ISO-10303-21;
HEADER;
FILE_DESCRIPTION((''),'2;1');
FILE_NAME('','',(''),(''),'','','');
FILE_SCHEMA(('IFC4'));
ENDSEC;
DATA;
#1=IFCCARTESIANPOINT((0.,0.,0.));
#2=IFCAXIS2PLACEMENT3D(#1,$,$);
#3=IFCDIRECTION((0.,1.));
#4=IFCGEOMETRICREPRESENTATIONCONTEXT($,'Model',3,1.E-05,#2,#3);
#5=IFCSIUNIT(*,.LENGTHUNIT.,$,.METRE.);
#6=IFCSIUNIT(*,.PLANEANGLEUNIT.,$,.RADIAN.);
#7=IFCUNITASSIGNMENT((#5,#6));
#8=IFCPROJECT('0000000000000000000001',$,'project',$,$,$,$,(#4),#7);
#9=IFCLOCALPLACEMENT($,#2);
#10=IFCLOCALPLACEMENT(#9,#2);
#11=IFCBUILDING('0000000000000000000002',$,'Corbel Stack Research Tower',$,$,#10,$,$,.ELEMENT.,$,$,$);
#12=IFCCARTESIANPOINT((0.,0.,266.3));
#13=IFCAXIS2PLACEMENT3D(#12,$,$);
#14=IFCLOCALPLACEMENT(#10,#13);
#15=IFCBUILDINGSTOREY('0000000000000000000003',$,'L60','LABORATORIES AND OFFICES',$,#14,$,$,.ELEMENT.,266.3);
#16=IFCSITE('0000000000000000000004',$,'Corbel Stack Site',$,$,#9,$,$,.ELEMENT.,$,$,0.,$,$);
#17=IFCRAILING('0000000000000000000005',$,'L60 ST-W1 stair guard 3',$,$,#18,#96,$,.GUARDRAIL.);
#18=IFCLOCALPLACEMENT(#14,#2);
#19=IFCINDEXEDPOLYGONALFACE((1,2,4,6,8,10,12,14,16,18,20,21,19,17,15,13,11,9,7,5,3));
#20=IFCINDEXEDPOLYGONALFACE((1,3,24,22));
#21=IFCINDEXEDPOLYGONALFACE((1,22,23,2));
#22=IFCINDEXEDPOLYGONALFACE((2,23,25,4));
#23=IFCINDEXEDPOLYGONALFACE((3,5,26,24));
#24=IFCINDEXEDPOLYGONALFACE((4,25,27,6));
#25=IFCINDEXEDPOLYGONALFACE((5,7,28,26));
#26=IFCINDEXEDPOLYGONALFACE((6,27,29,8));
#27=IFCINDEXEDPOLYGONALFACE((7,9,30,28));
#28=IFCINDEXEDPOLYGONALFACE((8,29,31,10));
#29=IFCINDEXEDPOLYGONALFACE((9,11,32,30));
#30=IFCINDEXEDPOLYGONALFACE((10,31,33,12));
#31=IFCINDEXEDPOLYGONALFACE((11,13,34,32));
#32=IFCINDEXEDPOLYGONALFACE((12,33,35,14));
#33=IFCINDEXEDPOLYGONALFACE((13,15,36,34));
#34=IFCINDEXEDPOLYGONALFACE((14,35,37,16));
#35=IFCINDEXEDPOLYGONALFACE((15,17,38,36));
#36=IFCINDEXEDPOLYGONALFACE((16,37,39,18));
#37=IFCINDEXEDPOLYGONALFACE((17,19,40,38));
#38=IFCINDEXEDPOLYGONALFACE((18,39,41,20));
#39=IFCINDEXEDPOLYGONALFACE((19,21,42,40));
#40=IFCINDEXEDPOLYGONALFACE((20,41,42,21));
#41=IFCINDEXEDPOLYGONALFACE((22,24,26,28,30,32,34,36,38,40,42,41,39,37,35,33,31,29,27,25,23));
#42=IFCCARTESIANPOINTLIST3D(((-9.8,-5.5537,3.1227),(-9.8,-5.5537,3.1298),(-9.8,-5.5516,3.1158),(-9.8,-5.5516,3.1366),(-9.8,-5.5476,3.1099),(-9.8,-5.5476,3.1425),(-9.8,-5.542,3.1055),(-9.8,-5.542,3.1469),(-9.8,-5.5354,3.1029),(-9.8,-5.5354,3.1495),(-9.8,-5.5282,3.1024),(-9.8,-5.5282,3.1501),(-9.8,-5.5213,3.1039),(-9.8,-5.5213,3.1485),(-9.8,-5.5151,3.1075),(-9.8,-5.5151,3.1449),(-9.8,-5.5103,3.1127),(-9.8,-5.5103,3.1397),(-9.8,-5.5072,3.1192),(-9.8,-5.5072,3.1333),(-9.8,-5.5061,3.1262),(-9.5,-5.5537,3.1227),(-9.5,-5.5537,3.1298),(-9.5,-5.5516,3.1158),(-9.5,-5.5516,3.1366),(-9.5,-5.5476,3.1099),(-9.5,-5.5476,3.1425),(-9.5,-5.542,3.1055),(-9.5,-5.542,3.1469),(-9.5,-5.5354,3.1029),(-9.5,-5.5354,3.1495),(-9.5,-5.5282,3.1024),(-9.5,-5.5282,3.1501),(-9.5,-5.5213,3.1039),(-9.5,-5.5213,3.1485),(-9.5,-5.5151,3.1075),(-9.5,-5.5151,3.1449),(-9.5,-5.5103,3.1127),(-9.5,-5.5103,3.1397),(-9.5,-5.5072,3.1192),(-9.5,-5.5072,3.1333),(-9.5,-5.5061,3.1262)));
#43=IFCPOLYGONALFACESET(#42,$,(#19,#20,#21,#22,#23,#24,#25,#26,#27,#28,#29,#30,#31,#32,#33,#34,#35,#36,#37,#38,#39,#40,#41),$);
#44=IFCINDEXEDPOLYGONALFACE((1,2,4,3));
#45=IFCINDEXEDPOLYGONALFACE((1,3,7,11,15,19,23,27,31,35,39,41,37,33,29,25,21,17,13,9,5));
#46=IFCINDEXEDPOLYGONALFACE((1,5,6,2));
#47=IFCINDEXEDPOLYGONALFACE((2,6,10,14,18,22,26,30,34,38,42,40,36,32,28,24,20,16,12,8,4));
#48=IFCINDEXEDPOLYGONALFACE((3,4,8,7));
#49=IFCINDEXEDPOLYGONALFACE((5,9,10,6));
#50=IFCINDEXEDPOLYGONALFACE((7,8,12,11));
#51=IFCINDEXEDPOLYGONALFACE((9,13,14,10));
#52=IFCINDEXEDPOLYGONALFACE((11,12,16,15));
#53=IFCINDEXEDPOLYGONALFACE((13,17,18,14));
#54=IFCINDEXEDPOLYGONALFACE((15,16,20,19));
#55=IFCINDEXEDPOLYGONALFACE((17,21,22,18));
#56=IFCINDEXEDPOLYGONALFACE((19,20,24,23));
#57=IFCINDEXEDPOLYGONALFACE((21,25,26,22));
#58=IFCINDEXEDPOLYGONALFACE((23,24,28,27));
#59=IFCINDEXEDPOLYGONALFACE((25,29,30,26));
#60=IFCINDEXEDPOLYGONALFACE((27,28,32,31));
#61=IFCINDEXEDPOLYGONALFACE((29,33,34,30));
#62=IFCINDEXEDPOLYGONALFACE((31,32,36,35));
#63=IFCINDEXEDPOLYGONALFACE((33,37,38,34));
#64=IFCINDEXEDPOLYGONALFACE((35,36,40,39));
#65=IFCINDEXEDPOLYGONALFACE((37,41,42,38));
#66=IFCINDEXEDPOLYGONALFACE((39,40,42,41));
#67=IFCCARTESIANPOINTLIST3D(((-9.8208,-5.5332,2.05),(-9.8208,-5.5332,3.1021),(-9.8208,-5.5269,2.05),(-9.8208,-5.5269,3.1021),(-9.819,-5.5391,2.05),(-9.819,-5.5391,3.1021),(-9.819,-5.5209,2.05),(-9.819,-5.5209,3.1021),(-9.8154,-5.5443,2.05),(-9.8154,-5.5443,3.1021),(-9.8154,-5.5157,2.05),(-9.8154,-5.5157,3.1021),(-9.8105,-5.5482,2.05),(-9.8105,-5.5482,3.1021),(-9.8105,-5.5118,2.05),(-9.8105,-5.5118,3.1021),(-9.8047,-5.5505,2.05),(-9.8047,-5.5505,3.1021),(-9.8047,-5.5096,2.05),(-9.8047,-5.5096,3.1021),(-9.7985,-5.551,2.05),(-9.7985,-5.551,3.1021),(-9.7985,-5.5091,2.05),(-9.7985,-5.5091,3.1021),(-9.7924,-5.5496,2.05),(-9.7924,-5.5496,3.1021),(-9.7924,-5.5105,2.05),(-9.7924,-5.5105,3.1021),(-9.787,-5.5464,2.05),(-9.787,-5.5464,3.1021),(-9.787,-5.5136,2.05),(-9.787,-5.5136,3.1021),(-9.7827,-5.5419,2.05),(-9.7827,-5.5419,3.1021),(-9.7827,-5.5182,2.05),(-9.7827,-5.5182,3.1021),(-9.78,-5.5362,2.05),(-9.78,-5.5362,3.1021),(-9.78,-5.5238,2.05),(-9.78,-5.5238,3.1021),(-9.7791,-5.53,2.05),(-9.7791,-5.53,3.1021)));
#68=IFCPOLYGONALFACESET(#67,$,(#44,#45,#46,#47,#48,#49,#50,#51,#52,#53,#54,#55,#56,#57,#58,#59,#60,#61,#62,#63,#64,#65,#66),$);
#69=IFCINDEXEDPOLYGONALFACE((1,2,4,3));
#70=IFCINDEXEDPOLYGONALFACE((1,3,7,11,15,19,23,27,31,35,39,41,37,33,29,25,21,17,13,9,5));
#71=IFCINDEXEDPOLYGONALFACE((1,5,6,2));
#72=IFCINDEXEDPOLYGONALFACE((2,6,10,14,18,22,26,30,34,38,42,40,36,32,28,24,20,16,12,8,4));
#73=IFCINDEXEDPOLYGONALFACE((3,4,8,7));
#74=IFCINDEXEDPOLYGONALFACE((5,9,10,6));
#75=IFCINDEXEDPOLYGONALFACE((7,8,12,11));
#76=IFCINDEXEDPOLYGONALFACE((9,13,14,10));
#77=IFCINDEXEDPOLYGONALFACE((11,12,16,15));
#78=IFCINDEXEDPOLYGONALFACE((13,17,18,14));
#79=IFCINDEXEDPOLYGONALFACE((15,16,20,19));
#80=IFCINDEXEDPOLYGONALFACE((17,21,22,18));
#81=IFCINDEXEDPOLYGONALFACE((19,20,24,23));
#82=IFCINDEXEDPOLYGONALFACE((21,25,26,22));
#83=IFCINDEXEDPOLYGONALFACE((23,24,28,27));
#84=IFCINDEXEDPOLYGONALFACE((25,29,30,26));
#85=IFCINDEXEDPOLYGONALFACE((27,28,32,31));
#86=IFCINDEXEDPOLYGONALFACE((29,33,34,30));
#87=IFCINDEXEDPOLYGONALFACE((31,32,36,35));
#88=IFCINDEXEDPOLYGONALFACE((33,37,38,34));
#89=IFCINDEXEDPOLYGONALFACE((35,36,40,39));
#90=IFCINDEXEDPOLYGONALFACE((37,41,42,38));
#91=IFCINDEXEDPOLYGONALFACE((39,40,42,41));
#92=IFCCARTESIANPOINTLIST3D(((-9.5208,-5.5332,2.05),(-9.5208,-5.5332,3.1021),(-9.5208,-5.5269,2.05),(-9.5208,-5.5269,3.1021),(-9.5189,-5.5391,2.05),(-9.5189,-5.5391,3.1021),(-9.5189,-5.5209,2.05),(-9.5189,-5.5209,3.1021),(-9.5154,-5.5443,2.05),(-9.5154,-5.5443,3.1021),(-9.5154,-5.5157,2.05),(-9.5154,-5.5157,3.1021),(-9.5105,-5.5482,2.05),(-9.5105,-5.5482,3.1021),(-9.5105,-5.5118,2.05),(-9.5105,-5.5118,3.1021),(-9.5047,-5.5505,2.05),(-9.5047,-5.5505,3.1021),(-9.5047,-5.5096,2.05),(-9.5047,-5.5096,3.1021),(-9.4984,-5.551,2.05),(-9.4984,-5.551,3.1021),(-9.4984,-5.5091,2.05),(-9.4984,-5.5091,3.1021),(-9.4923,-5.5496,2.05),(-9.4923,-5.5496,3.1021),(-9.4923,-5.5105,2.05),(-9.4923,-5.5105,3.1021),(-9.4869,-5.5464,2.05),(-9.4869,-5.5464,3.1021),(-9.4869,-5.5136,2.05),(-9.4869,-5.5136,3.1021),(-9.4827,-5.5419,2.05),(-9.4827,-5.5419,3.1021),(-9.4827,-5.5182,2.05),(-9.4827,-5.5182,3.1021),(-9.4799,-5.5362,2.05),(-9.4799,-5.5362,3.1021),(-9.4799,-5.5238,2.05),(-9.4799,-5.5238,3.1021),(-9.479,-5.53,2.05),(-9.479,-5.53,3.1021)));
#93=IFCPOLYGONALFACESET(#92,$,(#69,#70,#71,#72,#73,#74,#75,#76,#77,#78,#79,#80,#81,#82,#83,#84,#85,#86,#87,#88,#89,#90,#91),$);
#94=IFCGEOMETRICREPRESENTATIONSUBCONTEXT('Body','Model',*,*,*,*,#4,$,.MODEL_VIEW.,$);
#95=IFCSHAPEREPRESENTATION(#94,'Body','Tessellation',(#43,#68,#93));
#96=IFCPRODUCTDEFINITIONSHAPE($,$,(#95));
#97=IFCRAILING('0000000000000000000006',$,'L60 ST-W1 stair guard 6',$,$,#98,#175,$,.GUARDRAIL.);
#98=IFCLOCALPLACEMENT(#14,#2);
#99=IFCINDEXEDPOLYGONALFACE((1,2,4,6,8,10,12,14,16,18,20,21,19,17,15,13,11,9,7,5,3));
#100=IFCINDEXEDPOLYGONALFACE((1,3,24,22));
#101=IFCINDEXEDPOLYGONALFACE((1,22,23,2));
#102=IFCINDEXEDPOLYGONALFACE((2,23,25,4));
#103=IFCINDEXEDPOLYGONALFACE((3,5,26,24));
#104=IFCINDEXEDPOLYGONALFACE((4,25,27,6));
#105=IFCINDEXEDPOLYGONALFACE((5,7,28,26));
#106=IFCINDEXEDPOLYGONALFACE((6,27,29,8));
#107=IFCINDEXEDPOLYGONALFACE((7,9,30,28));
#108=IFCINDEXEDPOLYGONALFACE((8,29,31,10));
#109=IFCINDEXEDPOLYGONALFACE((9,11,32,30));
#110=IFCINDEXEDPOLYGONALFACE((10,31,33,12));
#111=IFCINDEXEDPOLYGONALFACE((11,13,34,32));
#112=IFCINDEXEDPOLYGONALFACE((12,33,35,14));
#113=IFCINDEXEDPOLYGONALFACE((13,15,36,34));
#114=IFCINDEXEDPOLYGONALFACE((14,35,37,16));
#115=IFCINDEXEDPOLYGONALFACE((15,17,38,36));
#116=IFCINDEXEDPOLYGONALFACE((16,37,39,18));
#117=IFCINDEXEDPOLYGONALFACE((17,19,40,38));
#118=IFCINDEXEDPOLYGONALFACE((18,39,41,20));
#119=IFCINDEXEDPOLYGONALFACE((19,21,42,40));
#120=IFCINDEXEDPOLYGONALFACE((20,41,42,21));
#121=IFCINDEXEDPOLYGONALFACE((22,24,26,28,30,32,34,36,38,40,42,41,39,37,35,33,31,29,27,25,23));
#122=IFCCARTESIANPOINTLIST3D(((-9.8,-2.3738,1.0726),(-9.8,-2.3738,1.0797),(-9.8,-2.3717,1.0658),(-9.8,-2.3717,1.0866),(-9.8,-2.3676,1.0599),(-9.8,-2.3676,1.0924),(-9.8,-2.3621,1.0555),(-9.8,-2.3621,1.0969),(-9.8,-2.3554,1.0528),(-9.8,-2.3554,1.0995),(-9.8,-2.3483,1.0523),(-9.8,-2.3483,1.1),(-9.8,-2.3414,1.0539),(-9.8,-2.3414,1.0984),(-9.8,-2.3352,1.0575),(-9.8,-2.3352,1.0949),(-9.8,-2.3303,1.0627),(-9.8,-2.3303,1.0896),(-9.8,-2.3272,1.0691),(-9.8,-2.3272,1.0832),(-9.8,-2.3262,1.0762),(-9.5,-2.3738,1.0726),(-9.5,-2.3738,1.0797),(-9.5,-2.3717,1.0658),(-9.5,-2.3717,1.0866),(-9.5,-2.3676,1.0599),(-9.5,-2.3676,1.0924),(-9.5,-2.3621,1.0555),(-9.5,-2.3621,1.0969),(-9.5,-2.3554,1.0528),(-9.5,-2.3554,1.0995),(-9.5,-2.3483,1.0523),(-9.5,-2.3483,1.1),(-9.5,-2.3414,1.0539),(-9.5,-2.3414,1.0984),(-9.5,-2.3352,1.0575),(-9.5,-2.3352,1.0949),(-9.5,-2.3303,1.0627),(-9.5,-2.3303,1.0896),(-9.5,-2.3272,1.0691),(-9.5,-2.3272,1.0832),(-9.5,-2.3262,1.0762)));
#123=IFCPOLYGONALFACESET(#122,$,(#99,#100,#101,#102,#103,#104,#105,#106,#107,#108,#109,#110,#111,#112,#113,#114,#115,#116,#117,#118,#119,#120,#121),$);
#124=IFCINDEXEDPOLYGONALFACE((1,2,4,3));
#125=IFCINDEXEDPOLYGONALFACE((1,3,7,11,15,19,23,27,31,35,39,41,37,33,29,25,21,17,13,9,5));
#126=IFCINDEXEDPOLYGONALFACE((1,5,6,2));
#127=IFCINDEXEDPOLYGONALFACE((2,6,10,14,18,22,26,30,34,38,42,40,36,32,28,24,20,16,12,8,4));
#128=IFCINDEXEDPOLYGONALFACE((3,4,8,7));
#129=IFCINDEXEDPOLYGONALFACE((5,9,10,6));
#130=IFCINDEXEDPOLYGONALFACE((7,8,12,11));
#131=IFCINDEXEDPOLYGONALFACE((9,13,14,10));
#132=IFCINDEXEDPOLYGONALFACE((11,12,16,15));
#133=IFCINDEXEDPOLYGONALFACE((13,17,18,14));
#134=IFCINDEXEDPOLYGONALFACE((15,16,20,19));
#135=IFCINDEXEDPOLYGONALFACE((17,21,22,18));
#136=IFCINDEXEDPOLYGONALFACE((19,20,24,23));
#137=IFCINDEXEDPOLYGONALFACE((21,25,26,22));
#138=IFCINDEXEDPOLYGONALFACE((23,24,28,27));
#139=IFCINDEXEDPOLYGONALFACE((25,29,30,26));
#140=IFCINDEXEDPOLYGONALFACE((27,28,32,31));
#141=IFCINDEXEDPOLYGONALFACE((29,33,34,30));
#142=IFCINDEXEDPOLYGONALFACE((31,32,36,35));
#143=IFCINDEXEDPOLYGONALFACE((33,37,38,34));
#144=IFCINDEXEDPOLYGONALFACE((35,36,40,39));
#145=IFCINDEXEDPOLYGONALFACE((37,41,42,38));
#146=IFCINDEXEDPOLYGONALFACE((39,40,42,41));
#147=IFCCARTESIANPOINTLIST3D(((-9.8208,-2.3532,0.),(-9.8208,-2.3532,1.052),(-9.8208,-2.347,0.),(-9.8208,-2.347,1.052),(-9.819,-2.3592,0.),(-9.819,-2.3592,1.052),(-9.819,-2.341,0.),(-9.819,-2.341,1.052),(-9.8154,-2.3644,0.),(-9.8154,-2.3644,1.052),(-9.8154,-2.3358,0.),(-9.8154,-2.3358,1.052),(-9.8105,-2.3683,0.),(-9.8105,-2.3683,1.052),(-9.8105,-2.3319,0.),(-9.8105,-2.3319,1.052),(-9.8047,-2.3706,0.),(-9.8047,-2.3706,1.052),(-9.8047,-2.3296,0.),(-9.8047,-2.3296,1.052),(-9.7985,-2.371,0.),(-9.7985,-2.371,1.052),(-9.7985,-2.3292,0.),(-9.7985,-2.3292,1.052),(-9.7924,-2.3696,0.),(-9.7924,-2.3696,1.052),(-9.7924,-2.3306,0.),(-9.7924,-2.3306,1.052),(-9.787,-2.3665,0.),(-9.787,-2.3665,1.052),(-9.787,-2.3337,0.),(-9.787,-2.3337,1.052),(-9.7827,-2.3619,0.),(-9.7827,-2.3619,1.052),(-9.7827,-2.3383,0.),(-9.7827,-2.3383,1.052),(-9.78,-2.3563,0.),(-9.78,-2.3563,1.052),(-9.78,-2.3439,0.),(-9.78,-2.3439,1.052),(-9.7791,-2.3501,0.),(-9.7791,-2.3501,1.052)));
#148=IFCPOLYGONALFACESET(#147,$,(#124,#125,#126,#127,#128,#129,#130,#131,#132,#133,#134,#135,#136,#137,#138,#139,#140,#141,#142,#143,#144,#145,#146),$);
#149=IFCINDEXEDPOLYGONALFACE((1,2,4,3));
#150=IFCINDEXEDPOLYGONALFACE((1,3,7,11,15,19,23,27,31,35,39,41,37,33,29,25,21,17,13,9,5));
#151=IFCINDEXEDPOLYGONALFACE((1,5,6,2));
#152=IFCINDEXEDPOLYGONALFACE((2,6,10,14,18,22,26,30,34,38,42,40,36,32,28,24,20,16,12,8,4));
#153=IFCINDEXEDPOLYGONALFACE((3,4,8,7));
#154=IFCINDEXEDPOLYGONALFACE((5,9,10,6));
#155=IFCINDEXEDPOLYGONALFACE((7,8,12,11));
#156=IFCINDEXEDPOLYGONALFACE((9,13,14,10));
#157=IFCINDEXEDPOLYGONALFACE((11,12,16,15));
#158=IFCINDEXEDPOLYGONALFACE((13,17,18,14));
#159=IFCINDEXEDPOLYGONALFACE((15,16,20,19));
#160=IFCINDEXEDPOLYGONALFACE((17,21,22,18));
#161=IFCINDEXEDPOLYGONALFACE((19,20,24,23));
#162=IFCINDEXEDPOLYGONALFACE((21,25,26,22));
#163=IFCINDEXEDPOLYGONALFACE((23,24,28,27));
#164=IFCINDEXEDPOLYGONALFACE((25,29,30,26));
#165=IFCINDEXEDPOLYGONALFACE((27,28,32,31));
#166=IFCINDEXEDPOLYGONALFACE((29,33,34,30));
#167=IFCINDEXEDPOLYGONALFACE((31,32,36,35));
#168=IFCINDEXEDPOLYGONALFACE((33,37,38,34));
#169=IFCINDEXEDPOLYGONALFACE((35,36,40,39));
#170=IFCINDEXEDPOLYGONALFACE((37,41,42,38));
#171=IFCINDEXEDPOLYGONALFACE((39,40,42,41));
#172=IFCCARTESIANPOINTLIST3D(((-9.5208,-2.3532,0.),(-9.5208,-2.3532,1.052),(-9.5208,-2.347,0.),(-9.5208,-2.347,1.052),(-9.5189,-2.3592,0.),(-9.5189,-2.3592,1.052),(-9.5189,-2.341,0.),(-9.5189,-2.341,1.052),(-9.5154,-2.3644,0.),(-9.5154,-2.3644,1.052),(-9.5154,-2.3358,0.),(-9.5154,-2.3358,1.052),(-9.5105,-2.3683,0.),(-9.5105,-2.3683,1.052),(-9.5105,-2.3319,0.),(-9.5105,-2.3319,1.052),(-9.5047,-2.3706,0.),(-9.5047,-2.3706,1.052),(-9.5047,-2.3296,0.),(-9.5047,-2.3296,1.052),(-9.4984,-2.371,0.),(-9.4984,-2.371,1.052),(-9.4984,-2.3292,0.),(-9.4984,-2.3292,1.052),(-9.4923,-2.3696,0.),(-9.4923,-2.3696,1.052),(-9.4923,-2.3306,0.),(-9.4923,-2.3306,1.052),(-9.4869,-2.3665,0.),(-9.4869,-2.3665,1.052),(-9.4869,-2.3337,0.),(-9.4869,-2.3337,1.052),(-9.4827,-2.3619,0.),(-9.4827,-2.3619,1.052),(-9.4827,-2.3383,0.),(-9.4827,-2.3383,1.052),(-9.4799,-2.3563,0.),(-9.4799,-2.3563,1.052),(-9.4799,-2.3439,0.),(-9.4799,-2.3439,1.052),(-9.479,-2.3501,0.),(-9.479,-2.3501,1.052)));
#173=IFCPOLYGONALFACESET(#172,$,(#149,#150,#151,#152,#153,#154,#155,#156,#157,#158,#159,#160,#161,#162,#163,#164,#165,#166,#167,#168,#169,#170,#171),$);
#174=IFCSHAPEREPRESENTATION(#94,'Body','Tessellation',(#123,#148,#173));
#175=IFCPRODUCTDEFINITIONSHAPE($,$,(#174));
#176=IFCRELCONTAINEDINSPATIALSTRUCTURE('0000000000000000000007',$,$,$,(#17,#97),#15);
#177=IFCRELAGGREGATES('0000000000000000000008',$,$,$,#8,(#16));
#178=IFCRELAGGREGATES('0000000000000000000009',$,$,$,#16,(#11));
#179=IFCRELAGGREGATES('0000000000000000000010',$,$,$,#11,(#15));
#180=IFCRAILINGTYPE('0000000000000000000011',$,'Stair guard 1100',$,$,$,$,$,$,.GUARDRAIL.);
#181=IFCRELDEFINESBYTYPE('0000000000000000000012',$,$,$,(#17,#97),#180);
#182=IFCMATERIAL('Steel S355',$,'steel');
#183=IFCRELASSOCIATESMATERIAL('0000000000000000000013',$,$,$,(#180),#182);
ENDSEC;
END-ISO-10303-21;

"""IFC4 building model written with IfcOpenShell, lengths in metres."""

from ifc_helpers import new_model, si_unit, direction, frame, origin, origin_2d, place, context, subcontext, project, spatial, circle, extrude, material, type_object, element, save


model = new_model("IFC4")

# Units and contexts
model_context = context("Model", 3, precision=1e-05, world=origin(), true_north=direction((0.0, 1.0)))
body_context = subcontext(model_context, "Body", "Model", "MODEL_VIEW")
ifc_project = project(units=[si_unit("LENGTHUNIT", "METRE"), si_unit("PLANEANGLEUNIT", "RADIAN")], contexts=[model_context])

# Site, building, storey
site_placement = place(None, origin())
site = spatial("IfcSite", under=ifc_project, at=site_placement, Name="Corbel Stack Site", CompositionType="ELEMENT", RefElevation=0.0)
building_placement = place(site_placement, origin())
building = spatial("IfcBuilding", under=site, at=building_placement, Name="Corbel Stack Research Tower", CompositionType="ELEMENT")
storey_placement = place(building_placement, frame((0.0, 0.0, 266.3)))
storey = spatial("IfcBuildingStorey", under=building, at=storey_placement, Name="L60", Description="LABORATORIES AND OFFICES", CompositionType="ELEMENT", Elevation=266.3)

# Railings
ifc_material_1 = material(Name="Steel S355", Category="steel")
railing_type_1 = type_object("IfcRailingType", Name="Stair guard 1100", PredefinedType="GUARDRAIL", material=ifc_material_1)
for number, where, name in (
    (1, (-9.8, -5.53, 2.05), "L60 ST-W1 stair guard 3"),
    (2, (-9.8, -2.3501, 0.0), "L60 ST-W1 stair guard 6"),
):
    element("IfcRailing", number, at=place(storey_placement, frame(where)), inside=storey, type_object=railing_type_1, Name=name, PredefinedType="GUARDRAIL", context=body_context, shape_type="SweptSolid", body=[
        extrude(circle(Radius=0.0239, at=origin_2d()), frame((0.0, 0.0, 1.0762), z_axis=(1.0, 0.0, 0.0), x_axis=(0.0, 1.0, 0.0)), (0.0, 0.0, 1.0), 0.3),
        extrude(circle(Radius=0.021, at=origin_2d()), origin(), (0.0, 0.0, 1.0), 1.052),
        extrude(circle(Radius=0.021, at=origin_2d()), frame((0.3, 0.0, 0.0)), (0.0, 0.0, 1.0), 1.052),
    ])

save(model, "model.ifc")
